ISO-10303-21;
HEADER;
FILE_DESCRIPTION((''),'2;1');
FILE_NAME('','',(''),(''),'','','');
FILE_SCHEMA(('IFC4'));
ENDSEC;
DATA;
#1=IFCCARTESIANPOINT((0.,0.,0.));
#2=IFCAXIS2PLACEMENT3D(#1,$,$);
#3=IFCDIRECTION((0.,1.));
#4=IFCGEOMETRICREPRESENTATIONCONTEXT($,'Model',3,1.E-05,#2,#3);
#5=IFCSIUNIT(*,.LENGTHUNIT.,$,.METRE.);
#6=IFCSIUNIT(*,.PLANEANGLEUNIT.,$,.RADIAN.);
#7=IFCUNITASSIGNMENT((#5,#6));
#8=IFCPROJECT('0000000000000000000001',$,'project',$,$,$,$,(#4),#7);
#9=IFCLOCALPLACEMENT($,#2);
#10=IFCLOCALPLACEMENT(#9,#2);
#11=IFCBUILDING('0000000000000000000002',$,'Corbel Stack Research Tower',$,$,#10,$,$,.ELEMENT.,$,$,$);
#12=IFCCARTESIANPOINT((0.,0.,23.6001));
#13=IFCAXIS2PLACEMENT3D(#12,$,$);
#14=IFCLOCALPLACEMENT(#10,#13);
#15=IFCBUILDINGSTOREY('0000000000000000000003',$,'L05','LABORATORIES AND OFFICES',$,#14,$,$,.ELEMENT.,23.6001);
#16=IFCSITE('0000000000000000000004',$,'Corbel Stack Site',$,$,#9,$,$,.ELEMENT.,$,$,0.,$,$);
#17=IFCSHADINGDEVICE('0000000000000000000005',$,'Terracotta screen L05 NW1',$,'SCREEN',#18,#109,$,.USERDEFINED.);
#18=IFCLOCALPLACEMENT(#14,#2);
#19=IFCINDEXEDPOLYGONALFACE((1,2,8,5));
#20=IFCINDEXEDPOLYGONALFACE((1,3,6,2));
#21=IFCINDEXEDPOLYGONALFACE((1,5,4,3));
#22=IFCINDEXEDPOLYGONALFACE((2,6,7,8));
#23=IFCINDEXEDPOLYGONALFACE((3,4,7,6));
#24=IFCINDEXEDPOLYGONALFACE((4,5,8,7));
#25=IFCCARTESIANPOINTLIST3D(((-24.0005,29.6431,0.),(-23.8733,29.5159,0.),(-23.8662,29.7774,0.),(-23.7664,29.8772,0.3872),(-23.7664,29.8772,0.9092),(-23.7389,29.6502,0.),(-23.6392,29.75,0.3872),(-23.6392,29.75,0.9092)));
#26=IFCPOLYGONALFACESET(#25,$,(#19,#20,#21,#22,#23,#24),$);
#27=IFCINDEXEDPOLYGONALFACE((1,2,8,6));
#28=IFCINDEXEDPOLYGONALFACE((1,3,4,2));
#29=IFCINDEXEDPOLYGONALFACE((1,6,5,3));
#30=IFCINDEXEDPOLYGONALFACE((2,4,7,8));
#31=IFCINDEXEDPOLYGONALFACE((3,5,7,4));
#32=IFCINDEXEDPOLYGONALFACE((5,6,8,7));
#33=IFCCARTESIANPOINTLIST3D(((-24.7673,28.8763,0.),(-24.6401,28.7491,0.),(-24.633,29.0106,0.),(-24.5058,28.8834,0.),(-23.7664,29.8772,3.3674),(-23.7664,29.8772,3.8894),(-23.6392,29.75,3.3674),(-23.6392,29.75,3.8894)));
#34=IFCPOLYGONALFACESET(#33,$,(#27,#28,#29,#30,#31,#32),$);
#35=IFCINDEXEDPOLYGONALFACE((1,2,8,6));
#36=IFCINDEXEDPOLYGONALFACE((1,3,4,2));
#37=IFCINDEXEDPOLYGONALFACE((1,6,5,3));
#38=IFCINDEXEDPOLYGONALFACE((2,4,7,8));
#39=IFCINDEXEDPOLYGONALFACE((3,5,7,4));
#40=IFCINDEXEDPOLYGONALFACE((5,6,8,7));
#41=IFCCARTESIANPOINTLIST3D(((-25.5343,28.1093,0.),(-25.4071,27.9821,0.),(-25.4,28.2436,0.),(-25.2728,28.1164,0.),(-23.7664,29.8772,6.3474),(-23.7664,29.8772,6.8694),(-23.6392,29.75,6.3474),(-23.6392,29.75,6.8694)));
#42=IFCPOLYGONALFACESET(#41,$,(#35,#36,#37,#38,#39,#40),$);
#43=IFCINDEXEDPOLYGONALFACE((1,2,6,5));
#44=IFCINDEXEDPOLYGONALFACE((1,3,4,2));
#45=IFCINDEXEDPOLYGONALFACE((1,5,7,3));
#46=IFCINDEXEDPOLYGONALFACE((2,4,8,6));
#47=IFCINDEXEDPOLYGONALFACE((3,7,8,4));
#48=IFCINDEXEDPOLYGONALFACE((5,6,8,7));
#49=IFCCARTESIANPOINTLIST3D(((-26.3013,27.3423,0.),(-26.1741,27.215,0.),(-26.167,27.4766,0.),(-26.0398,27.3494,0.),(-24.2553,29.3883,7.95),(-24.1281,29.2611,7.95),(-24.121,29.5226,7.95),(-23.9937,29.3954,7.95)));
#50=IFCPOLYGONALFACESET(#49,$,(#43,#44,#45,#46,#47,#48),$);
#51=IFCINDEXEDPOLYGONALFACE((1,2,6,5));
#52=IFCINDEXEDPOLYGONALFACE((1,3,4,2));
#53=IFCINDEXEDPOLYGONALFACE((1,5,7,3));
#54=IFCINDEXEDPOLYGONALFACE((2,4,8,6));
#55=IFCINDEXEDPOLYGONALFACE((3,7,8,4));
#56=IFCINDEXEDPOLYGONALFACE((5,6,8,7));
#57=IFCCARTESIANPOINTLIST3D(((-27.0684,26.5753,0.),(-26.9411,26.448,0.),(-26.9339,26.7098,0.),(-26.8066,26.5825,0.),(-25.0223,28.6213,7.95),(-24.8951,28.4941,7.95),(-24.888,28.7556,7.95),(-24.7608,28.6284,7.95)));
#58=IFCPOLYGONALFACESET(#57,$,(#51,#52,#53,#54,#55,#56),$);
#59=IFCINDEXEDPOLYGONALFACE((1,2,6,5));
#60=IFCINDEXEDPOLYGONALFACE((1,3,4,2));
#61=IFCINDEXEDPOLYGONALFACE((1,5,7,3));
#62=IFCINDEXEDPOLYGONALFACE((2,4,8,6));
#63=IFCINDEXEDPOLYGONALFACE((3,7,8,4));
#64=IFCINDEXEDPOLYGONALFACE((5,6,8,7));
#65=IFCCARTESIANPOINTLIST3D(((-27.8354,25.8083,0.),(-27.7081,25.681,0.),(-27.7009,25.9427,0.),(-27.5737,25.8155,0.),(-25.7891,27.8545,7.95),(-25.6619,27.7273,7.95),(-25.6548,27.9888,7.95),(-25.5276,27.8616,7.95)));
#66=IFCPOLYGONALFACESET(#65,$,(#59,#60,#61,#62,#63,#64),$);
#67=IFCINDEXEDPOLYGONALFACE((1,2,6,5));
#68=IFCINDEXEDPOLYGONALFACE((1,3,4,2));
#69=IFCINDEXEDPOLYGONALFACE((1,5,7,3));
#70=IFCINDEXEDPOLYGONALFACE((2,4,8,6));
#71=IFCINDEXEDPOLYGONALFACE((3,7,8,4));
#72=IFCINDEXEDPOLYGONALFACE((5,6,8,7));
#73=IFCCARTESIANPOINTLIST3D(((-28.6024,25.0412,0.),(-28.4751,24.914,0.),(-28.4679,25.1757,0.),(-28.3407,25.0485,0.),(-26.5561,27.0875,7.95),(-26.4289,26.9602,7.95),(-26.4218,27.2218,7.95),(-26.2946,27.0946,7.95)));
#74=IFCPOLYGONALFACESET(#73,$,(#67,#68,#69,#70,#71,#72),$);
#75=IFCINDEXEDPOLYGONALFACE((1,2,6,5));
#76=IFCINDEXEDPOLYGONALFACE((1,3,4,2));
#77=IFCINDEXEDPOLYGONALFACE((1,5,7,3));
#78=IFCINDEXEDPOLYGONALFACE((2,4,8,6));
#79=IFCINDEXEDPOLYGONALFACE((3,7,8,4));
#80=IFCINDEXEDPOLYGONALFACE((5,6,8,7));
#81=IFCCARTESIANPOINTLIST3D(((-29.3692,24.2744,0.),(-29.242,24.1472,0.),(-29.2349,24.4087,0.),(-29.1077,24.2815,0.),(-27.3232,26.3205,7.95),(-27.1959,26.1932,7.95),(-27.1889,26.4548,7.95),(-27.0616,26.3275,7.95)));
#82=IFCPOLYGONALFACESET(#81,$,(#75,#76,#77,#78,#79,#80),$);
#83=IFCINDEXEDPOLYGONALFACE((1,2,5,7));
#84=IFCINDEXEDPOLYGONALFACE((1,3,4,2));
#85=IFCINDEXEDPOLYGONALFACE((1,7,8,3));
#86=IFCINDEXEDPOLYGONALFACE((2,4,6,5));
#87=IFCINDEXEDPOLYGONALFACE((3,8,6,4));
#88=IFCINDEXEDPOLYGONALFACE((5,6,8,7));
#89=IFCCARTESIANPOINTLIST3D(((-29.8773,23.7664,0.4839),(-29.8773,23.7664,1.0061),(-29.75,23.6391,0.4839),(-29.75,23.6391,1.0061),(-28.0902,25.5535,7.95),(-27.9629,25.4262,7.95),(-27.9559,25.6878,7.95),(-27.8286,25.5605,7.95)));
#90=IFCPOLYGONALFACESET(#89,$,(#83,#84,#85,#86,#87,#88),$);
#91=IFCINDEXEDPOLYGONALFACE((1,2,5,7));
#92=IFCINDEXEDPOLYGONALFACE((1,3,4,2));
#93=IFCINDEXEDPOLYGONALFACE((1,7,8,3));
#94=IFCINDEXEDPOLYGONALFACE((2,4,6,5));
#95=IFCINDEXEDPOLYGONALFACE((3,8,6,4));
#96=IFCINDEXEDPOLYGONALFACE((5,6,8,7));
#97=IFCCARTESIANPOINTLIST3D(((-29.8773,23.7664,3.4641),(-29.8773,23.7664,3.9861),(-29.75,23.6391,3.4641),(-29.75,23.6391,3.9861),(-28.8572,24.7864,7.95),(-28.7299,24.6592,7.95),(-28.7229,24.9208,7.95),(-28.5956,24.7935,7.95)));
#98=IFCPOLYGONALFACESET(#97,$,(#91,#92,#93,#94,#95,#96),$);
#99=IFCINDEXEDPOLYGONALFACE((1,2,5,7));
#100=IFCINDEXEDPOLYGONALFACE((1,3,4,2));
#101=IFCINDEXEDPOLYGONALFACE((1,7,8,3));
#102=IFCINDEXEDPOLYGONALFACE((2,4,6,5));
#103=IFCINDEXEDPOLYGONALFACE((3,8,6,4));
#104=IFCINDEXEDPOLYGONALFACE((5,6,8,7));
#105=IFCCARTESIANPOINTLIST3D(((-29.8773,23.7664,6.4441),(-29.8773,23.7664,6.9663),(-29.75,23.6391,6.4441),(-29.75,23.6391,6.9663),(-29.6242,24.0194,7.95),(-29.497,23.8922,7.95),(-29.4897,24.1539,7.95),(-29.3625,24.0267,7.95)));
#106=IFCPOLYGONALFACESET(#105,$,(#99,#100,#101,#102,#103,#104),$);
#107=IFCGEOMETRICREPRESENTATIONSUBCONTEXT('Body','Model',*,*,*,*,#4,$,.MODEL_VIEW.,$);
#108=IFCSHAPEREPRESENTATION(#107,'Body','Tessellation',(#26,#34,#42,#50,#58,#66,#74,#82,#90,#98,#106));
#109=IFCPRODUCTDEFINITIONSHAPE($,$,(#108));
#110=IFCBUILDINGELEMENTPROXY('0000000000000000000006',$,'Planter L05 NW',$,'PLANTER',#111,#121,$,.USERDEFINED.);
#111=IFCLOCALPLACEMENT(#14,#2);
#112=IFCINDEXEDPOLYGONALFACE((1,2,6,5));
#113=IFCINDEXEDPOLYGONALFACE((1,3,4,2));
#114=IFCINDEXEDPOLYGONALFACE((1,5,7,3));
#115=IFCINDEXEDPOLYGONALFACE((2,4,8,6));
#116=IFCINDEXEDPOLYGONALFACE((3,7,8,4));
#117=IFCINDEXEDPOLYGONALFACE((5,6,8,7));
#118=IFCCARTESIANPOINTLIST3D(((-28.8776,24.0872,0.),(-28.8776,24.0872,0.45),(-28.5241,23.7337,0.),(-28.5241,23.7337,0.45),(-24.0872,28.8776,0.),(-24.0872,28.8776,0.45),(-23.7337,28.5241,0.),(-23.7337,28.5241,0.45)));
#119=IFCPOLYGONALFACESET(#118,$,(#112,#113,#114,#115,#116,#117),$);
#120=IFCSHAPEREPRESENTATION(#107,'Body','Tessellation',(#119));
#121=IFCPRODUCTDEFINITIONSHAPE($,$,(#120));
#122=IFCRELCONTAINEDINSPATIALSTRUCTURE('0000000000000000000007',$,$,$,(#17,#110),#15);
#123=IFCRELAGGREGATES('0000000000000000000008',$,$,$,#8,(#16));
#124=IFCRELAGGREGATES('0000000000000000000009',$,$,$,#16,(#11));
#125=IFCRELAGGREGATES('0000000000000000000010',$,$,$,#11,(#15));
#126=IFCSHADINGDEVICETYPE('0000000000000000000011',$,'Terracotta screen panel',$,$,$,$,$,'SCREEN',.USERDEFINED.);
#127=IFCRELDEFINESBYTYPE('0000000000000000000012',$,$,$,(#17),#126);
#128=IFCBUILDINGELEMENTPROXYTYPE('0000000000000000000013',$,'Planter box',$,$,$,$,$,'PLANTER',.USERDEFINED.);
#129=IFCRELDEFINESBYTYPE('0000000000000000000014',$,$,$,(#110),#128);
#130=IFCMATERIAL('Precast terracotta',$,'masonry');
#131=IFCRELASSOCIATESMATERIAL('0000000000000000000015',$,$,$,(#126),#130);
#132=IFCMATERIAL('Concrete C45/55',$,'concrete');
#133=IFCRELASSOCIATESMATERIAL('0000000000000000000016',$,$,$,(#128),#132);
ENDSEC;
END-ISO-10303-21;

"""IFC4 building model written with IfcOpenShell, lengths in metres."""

from ifc_helpers import new_model, si_unit, direction, frame, origin, origin_2d, place, context, subcontext, project, spatial, polyline, rectangle, outline, extrude, source, transform, mapped, material, type_object, element, save


model = new_model("IFC4")

# Units and contexts
model_context = context("Model", 3, precision=1e-05, world=origin(), true_north=direction((0.0, 1.0)))
body_context = subcontext(model_context, "Body", "Model", "MODEL_VIEW")
ifc_project = project(units=[si_unit("LENGTHUNIT", "METRE"), si_unit("PLANEANGLEUNIT", "RADIAN")], contexts=[model_context])

# Site, building, storey
site_placement = place(None, origin())
site = spatial("IfcSite", under=ifc_project, at=site_placement, Name="Corbel Stack Site", CompositionType="ELEMENT", RefElevation=0.0)
building_placement = place(site_placement, origin())
building = spatial("IfcBuilding", under=site, at=building_placement, Name="Corbel Stack Research Tower", CompositionType="ELEMENT")
storey_placement = place(building_placement, frame((0.0, 0.0, 23.6001)))
storey = spatial("IfcBuildingStorey", under=building, at=storey_placement, Name="L05", Description="LABORATORIES AND OFFICES", CompositionType="ELEMENT", Elevation=23.6001)

# Shading device
ifc_material_1 = material(Name="Precast terracotta", Category="masonry")
shading_device_type = type_object("IfcShadingDeviceType", Name="Terracotta screen panel", ElementType="SCREEN", PredefinedType="USERDEFINED", material=ifc_material_1)
shared_shape_1 = source(origin(), body_context, "Body", "SweptSolid", [
    extrude(outline(polyline([(0.3311, 0.0), (0.0, 0.9092), (0.0, 0.3872), (0.1411, 0.0), (0.3311, 0.0)])), frame((0.0, 0.0, 0.0), z_axis=(0.0, -1.0, 0.0), x_axis=(1.0, 0.0, 0.0)), (0.0, 0.0, 1.0), 0.1799),
    extrude(outline(polyline([(1.4155, 0.0), (0.0, 3.8894), (0.0, 3.3674), (1.2256, 0.0), (1.4155, 0.0)])), frame((0.0, 0.0, 0.0), z_axis=(0.0, -1.0, 0.0), x_axis=(1.0, 0.0, 0.0)), (0.0, 0.0, 1.0), 0.1799),
    extrude(outline(polyline([(2.5002, 0.0), (0.0, 6.8694), (0.0, 6.3474), (2.3103, 0.0), (2.5002, 0.0)])), frame((0.0, 0.0, 0.0), z_axis=(0.0, -1.0, 0.0), x_axis=(1.0, 0.0, 0.0)), (0.0, 0.0, 1.0), 0.1799),
    extrude(outline(polyline([(3.585, 0.0), (0.6914, 7.95), (0.5015, 7.95), (3.395, 0.0), (3.585, 0.0)])), frame((0.0, 0.0, 0.0), z_axis=(0.0, -1.0, 0.0), x_axis=(1.0, 0.0, 0.0)), (0.0, 0.0, 1.0), 0.1799),
    extrude(outline(polyline([(4.6697, 0.0), (1.7761, 7.95), (1.5862, 7.95), (4.4795, 0.0), (4.6697, 0.0)])), frame((0.0, 0.0, 0.0), z_axis=(0.0, -1.0, 0.0), x_axis=(1.0, 0.0, 0.0)), (0.0, 0.0, 1.0), 0.1799),
    extrude(outline(polyline([(5.7544, 0.0), (2.8606, 7.95), (2.6707, 7.95), (5.5642, 0.0), (5.7544, 0.0)])), frame((0.0, 0.0, 0.0), z_axis=(0.0, -1.0, 0.0), x_axis=(1.0, 0.0, 0.0)), (0.0, 0.0, 1.0), 0.1799),
    extrude(outline(polyline([(6.8391, 0.0), (3.9453, 7.95), (3.7554, 7.95), (6.6489, 0.0), (6.8391, 0.0)])), frame((0.0, 0.0, 0.0), z_axis=(0.0, -1.0, 0.0), x_axis=(1.0, 0.0, 0.0)), (0.0, 0.0, 1.0), 0.1799),
    extrude(outline(polyline([(7.9236, 0.0), (5.03, 7.95), (4.8401, 7.95), (7.7336, 0.0), (7.9236, 0.0)])), frame((0.0, 0.0, 0.0), z_axis=(0.0, -1.0, 0.0), x_axis=(1.0, 0.0, 0.0)), (0.0, 0.0, 1.0), 0.1799),
    extrude(outline(polyline([(6.1147, 7.95), (5.9248, 7.95), (8.6421, 0.4839), (8.6421, 1.0061), (6.1147, 7.95)])), frame((0.0, 0.0, 0.0), z_axis=(0.0, -1.0, 0.0), x_axis=(1.0, 0.0, 0.0)), (0.0, 0.0, 1.0), 0.1799),
    extrude(outline(polyline([(7.1995, 7.95), (7.0095, 7.95), (8.6421, 3.4641), (8.6421, 3.9861), (7.1995, 7.95)])), frame((0.0, 0.0, 0.0), z_axis=(0.0, -1.0, 0.0), x_axis=(1.0, 0.0, 0.0)), (0.0, 0.0, 1.0), 0.1799),
    extrude(outline(polyline([(8.2842, 7.95), (8.094, 7.95), (8.6421, 6.4441), (8.6421, 6.9663), (8.2842, 7.95)])), frame((0.0, 0.0, 0.0), z_axis=(0.0, -1.0, 0.0), x_axis=(1.0, 0.0, 0.0)), (0.0, 0.0, 1.0), 0.1799),
])
shading_device_1_placement = place(storey_placement, frame((-23.6392, 29.75, 0.0), z_axis=(0.0, 0.0, 1.0), x_axis=(-0.707107, -0.707107, 0.0)))
element("IfcShadingDevice", 1, at=shading_device_1_placement, inside=storey, type_object=shading_device_type, Name="Terracotta screen L05 NW1", ObjectType="SCREEN", PredefinedType="USERDEFINED", context=body_context, shape_type="MappedRepresentation", body=[
    mapped(shared_shape_1, transform((0.0, 0.0, 0.0))),
])

# Building element proxy
ifc_material_2 = material(Name="Concrete C45/55", Category="concrete")
building_element_proxy_type = type_object("IfcBuildingElementProxyType", Name="Planter box", ElementType="PLANTER", PredefinedType="USERDEFINED", material=ifc_material_2)
proxy_placement = place(storey_placement, frame((-26.3057, 26.3057, 0.0), z_axis=(0.0, 0.0, 1.0), x_axis=(-0.707107, -0.707107, 0.0)))
element("IfcBuildingElementProxy", 2, at=proxy_placement, inside=storey, type_object=building_element_proxy_type, Name="Planter L05 NW", ObjectType="PLANTER", PredefinedType="USERDEFINED", context=body_context, shape_type="SweptSolid", body=[
    extrude(rectangle(XDim=6.7747, YDim=0.5, at=origin_2d()), origin(), (0.0, 0.0, 1.0), 0.45),
])

save(model, "model.ifc")
